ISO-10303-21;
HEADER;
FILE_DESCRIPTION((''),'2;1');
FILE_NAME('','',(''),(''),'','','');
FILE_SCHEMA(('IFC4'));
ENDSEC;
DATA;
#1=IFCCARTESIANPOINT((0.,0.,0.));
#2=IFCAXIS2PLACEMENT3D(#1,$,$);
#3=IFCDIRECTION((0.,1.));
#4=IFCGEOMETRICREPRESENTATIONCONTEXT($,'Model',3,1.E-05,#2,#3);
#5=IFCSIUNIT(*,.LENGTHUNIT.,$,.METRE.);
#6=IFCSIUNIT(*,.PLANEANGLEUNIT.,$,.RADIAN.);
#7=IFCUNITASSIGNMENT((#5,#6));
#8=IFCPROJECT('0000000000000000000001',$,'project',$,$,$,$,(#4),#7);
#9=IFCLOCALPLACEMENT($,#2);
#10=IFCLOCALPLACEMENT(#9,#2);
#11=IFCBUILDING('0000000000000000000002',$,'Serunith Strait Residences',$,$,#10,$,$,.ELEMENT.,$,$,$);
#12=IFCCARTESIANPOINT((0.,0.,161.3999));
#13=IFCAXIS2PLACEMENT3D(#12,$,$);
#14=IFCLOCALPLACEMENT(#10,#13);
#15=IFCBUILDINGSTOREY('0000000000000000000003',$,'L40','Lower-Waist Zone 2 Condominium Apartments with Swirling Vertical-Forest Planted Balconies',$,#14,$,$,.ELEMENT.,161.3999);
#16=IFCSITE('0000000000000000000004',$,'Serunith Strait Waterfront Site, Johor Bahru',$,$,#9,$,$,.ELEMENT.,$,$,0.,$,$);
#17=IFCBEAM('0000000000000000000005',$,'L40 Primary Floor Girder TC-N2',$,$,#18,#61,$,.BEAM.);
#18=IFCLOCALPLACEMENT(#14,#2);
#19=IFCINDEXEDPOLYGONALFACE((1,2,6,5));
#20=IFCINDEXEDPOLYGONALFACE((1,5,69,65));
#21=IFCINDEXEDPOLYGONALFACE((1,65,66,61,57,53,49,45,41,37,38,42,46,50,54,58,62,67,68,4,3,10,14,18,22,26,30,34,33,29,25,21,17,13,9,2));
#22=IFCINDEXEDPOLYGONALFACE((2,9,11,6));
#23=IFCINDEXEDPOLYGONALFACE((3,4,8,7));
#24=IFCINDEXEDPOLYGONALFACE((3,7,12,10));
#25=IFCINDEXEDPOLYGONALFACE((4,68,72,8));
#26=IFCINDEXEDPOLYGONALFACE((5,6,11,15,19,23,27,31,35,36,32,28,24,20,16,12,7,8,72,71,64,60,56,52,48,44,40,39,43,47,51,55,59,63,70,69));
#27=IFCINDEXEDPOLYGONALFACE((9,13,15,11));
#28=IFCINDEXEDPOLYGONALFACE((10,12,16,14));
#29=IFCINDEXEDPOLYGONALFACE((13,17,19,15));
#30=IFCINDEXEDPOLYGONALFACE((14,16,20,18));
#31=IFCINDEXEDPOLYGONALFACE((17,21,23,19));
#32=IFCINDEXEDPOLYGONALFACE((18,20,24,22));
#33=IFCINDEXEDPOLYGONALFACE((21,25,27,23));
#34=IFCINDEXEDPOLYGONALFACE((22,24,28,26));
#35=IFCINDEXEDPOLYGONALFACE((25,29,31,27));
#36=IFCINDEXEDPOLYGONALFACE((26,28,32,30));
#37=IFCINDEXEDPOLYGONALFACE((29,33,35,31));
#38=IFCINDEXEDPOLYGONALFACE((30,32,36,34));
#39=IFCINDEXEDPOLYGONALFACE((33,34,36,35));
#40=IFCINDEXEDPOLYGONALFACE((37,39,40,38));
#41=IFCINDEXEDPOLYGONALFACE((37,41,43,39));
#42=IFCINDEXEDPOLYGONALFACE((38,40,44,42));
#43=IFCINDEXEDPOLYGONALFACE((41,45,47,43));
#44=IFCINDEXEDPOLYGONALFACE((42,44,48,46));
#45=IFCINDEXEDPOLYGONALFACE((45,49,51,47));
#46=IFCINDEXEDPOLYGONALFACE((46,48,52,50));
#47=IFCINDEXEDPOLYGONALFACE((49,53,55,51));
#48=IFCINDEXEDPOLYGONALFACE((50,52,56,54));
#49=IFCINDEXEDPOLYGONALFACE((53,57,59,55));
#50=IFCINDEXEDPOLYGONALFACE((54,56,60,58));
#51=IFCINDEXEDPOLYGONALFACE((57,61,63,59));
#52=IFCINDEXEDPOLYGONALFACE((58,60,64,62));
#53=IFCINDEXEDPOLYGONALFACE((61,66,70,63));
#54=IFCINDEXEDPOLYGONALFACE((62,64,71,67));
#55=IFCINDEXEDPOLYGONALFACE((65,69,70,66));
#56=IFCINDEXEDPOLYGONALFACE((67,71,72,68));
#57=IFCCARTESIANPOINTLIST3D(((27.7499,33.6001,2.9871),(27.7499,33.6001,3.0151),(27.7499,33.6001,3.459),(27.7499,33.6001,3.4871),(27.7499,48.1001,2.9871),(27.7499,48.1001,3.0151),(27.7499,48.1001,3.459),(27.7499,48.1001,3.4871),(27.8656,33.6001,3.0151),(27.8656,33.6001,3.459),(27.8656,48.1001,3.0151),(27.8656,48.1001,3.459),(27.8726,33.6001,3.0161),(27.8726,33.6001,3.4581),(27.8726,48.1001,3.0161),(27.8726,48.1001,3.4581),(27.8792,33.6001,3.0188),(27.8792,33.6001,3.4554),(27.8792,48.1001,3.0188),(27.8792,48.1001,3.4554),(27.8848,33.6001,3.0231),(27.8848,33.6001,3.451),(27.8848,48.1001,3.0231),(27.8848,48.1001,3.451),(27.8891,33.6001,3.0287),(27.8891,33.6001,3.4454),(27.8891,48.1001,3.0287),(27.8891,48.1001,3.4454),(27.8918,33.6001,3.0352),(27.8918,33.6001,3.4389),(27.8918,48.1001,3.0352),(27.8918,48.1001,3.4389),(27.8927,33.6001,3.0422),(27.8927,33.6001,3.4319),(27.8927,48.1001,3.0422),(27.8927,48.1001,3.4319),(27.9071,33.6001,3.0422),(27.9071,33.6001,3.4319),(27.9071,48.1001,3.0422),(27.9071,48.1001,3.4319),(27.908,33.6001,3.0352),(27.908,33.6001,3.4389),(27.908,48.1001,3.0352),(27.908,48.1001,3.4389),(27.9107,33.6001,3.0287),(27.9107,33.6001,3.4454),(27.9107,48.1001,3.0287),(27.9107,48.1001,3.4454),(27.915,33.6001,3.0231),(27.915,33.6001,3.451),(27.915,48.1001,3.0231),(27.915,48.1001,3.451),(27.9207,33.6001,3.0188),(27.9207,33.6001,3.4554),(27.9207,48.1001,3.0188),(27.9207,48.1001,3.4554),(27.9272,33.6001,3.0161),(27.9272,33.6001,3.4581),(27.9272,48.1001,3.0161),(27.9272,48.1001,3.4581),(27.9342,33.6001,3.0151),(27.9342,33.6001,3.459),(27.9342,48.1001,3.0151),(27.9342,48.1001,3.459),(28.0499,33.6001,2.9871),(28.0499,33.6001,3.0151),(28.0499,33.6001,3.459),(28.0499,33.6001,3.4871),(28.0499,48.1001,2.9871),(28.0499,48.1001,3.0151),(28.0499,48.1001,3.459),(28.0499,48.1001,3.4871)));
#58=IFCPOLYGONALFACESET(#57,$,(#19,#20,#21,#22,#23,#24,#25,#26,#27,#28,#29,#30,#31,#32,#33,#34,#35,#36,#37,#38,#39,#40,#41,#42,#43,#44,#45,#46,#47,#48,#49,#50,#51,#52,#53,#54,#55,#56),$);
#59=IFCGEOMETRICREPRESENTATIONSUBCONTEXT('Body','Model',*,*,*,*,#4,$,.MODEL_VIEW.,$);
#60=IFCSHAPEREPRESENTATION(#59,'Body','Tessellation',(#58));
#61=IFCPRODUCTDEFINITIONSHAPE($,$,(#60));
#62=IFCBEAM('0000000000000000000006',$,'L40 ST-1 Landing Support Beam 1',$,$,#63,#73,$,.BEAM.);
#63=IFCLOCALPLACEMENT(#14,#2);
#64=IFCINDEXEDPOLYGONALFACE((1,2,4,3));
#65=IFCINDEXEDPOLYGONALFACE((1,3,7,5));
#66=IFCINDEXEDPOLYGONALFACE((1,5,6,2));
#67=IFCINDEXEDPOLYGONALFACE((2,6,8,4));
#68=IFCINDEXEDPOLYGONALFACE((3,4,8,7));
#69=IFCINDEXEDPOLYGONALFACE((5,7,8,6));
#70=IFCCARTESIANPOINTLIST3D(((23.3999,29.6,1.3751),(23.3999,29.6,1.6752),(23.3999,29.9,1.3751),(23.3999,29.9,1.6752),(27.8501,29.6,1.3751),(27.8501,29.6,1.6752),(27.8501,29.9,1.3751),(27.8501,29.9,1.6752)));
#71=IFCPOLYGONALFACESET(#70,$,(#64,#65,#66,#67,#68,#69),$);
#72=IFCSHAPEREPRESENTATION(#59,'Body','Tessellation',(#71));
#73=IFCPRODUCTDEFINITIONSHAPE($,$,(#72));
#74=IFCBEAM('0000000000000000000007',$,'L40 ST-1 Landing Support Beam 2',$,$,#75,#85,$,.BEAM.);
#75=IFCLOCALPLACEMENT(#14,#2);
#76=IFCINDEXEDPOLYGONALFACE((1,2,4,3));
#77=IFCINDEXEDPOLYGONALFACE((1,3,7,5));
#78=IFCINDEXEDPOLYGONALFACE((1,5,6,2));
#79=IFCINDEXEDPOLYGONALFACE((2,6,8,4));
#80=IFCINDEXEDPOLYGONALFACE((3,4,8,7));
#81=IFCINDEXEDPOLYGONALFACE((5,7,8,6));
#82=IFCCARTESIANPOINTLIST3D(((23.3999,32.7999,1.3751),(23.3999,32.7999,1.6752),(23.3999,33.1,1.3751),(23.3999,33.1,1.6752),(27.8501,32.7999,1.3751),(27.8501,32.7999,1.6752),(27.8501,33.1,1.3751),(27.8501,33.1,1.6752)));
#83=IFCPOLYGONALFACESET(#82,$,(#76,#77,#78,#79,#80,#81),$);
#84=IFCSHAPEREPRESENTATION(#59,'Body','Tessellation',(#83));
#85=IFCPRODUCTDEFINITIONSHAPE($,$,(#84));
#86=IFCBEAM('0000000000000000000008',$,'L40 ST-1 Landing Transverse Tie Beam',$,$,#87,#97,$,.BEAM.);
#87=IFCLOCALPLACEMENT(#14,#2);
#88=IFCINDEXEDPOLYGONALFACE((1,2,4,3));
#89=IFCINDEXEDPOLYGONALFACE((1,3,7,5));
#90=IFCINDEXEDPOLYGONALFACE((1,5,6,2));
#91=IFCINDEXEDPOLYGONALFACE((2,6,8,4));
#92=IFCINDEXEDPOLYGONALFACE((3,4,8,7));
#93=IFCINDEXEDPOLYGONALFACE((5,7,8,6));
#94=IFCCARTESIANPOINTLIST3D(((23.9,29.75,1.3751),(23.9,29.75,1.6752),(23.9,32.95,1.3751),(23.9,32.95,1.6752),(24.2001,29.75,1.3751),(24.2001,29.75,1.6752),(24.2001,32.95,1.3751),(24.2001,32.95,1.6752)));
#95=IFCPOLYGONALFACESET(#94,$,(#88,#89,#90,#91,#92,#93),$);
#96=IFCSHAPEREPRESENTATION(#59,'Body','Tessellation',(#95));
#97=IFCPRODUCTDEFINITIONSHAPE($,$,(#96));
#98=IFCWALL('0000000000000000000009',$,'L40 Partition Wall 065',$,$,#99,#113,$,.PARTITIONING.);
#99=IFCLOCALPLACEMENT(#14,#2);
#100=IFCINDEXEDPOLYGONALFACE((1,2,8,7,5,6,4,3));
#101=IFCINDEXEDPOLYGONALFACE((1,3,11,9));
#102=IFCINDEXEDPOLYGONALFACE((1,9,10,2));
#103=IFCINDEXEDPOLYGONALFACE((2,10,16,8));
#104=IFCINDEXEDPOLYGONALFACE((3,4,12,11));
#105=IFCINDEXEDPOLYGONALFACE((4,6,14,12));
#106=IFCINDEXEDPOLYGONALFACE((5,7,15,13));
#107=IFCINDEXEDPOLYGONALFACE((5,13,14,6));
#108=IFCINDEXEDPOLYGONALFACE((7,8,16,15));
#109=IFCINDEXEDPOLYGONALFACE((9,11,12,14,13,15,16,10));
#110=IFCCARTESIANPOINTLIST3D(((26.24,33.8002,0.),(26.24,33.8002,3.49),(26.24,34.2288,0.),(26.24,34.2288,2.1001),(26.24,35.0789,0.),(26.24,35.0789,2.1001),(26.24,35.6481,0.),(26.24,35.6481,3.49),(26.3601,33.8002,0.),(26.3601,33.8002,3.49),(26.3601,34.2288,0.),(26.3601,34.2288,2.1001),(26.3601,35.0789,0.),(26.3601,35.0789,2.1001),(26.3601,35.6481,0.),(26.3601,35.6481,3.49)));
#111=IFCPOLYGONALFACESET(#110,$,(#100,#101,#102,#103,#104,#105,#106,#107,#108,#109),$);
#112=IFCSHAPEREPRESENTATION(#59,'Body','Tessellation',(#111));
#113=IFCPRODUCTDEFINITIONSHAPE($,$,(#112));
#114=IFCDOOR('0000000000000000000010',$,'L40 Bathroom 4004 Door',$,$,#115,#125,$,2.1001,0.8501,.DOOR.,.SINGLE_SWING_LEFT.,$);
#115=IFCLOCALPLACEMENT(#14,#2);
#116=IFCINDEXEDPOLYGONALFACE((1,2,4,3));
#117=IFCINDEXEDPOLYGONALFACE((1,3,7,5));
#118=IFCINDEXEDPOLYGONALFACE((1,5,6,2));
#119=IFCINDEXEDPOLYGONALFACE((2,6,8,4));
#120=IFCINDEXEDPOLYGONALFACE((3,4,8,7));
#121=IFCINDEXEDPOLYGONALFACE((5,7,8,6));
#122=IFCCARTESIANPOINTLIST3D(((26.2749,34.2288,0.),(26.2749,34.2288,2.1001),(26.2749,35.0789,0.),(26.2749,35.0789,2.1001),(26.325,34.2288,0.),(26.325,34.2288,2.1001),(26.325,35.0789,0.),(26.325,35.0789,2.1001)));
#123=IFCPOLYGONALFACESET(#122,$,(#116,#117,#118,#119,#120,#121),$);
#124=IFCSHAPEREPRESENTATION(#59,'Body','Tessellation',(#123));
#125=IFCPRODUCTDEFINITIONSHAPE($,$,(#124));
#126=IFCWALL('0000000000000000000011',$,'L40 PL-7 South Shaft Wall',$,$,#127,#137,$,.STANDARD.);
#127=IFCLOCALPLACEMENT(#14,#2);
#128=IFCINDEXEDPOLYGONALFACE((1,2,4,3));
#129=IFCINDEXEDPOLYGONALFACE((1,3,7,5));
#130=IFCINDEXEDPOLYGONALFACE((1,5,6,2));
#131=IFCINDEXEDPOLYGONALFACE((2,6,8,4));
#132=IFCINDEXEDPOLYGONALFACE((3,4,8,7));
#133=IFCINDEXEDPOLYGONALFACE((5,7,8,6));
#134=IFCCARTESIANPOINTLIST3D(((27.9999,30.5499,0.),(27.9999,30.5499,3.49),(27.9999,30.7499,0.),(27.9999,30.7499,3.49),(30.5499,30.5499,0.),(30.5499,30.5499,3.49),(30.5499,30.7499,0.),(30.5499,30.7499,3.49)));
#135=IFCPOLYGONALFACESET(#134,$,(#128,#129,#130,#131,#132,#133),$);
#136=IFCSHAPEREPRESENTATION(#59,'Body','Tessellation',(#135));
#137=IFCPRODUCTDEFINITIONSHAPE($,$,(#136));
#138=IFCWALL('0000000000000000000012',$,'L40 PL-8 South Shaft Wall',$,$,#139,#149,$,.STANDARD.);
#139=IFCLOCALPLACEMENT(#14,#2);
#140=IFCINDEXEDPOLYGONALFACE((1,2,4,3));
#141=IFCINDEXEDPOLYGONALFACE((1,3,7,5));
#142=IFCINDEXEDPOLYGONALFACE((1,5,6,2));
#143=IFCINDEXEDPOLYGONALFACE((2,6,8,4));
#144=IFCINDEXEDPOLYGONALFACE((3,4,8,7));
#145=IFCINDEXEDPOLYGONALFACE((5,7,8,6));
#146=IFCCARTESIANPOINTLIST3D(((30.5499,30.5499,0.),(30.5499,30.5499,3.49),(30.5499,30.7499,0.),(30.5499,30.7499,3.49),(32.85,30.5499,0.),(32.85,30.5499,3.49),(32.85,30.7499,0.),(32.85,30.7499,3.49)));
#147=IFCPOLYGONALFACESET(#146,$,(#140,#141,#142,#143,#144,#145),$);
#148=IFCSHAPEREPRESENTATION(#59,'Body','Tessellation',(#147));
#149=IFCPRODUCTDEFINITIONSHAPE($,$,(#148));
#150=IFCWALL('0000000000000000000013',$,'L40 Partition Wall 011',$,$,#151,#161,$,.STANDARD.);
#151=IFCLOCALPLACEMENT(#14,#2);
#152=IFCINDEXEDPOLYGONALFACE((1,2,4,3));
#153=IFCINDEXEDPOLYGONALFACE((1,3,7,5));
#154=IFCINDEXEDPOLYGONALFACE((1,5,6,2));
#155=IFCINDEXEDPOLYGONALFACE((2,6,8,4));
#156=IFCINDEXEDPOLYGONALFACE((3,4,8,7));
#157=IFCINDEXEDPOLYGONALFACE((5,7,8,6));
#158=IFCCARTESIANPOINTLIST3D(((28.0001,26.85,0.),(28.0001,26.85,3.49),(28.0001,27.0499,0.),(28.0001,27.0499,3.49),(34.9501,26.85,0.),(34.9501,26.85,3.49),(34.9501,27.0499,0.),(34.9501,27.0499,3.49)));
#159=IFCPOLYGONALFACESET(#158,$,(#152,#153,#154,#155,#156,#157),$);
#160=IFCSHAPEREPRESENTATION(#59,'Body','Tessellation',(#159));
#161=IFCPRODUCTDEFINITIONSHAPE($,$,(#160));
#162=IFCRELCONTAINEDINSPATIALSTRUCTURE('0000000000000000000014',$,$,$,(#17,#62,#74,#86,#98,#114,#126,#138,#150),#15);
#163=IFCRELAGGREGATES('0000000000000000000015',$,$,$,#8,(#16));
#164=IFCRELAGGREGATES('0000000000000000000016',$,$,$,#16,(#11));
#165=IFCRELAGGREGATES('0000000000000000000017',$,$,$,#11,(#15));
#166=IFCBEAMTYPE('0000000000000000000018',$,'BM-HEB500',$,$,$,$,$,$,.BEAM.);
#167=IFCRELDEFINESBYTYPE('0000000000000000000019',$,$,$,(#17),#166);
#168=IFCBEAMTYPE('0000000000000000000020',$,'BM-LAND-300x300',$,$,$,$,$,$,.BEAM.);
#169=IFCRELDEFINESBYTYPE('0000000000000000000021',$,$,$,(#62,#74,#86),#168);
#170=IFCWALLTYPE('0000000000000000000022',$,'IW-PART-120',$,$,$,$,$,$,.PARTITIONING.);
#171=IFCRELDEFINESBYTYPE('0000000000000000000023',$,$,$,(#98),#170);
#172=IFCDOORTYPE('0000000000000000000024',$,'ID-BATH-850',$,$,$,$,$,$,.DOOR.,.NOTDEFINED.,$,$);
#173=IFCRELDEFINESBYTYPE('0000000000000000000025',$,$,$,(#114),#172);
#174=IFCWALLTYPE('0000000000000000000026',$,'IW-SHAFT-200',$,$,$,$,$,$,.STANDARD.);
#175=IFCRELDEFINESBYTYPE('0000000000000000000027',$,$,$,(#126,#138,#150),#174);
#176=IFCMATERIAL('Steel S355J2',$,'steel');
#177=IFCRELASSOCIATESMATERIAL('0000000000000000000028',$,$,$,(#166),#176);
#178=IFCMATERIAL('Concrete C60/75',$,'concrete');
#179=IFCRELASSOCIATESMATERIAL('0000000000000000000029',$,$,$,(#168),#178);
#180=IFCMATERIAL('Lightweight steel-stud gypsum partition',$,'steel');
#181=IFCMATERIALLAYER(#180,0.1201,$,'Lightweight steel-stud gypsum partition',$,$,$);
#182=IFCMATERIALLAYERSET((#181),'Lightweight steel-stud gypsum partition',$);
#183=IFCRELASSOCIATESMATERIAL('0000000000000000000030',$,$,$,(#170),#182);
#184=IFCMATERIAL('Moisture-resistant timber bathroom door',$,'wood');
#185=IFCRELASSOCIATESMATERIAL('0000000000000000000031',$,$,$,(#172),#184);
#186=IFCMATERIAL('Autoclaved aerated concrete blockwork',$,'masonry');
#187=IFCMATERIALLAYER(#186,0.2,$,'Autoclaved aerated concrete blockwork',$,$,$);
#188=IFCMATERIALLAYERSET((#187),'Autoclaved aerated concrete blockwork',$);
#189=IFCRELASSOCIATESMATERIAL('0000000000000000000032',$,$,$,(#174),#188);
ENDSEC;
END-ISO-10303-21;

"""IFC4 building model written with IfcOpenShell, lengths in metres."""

from ifc_helpers import new_model, si_unit, direction, frame, frame_2d, origin, origin_2d, place, context, subcontext, project, spatial, rectangle, i_section, extrude, source, transform, mapped, material, layer, layer_set, material_profile, profile_set, type_object, element, fill, save


model = new_model("IFC4")

# Units and contexts
model_context = context("Model", 3, precision=1e-05, world=origin(), true_north=direction((0.0, 1.0)))
body_context = subcontext(model_context, "Body", "Model", "MODEL_VIEW")
ifc_project = project(units=[si_unit("LENGTHUNIT", "METRE"), si_unit("PLANEANGLEUNIT", "RADIAN")], contexts=[model_context])

# Site, building, storey
site_placement = place(None, origin())
site = spatial("IfcSite", under=ifc_project, at=site_placement, Name="Serunith Strait Waterfront Site, Johor Bahru", CompositionType="ELEMENT", RefElevation=0.0)
building_placement = place(site_placement, origin())
building = spatial("IfcBuilding", under=site, at=building_placement, Name="Serunith Strait Residences", CompositionType="ELEMENT")
storey_placement = place(building_placement, frame((0.0, 0.0, 161.3999)))
storey = spatial("IfcBuildingStorey", under=building, at=storey_placement, Name="L40", Description="Lower-Waist Zone 2 Condominium Apartments with Swirling Vertical-Forest Planted Balconies", CompositionType="ELEMENT", Elevation=161.3999)

# Beams
ifc_material_1 = material(Name="Steel S355J2", Category="steel")
ifc_material_profile_1 = material_profile(ifc_material_1, i_section(OverallWidth=0.3, OverallDepth=0.5, WebThickness=0.0144, FlangeThickness=0.0281, FilletRadius=0.0271, at=origin_2d()), Name="HEB 500")
ifc_profile_set_1 = profile_set([ifc_material_profile_1], Name="Steel S355J2")
beam_type_1 = type_object("IfcBeamType", Name="BM-HEB500", PredefinedType="BEAM", material=ifc_profile_set_1)
shared_shape_1 = source(origin(), body_context, "Body", "SweptSolid", [
    extrude(i_section(OverallWidth=0.3, OverallDepth=0.5, WebThickness=0.0144, FlangeThickness=0.0281, FilletRadius=0.0271, at=origin_2d()), origin(), (0.0, 0.0, 1.0), 14.5),
])
beam_1_placement = place(storey_placement, frame((27.8999, 33.6001, 3.2371), z_axis=(0.0, 1.0, 0.0), x_axis=(-1.0, 0.0, 0.0)))
element("IfcBeam", 1, at=beam_1_placement, inside=storey, type_object=beam_type_1, Name="L40 Primary Floor Girder TC-N2", PredefinedType="BEAM", context=body_context, shape_type="MappedRepresentation", body=[
    mapped(shared_shape_1, transform((0.0, 0.0, 0.0), scale=1.0)),
])
ifc_material_2 = material(Name="Concrete C60/75", Category="concrete")
ifc_material_profile_2 = material_profile(ifc_material_2, rectangle(XDim=0.3, YDim=0.3, at=origin_2d()), Name="RC 300x300")
ifc_profile_set_2 = profile_set([ifc_material_profile_2], Name="Concrete C60/75")
beam_type_2 = type_object("IfcBeamType", Name="BM-LAND-300x300", PredefinedType="BEAM", material=ifc_profile_set_2)
shared_shape_2 = source(origin(), body_context, "Body", "SweptSolid", [
    extrude(rectangle(XDim=0.3, YDim=0.3, at=origin_2d()), origin(), (0.0, 0.0, 1.0), 4.4502),
])
for number, where, z_axis, x_axis, name in (
    (2, (23.3999, 29.75, 1.5251), (1.0, 0.0, 0.0), (0.0, 1.0, 0.0), "L40 ST-1 Landing Support Beam 1"),
    (3, (23.3999, 32.95, 1.5251), (1.0, 0.0, 0.0), (0.0, 1.0, 0.0), "L40 ST-1 Landing Support Beam 2"),
):
    element("IfcBeam", number, at=place(storey_placement, frame(where, z_axis=z_axis, x_axis=x_axis)), inside=storey, type_object=beam_type_2, Name=name, PredefinedType="BEAM", context=body_context, shape_type="MappedRepresentation", body=[
        mapped(shared_shape_2, transform((0.0, 0.0, 0.0), scale=1.0)),
    ])
shared_shape_3 = source(origin(), body_context, "Body", "SweptSolid", [
    extrude(rectangle(XDim=0.3, YDim=0.3, at=origin_2d()), origin(), (0.0, 0.0, 1.0), 3.2),
])
beam_2_placement = place(storey_placement, frame((24.05, 29.75, 1.5251), z_axis=(0.0, 1.0, 0.0), x_axis=(-1.0, 0.0, 0.0)))
element("IfcBeam", 4, at=beam_2_placement, inside=storey, type_object=beam_type_2, Name="L40 ST-1 Landing Transverse Tie Beam", PredefinedType="BEAM", context=body_context, shape_type="MappedRepresentation", body=[
    mapped(shared_shape_3, transform((0.0, 0.0, 0.0), scale=1.0)),
])

# Wall, opening, door
ifc_material_3 = material(Name="Lightweight steel-stud gypsum partition", Category="steel")
ifc_layer_1 = layer(ifc_material_3, 0.1201, Name="Lightweight steel-stud gypsum partition")
ifc_layer_set_1 = layer_set([ifc_layer_1], Name="Lightweight steel-stud gypsum partition")
wall_type_1 = type_object("IfcWallType", Name="IW-PART-120", PredefinedType="PARTITIONING", material=ifc_layer_set_1)
wall_1_placement = place(storey_placement, frame((26.3, 35.6479, 0.0), z_axis=(0.0, 0.0, 1.0), x_axis=(0.0, -1.0, 0.0)))
wall_1 = element("IfcWall", 5, at=wall_1_placement, inside=storey, type_object=wall_type_1, Name="L40 Partition Wall 065", PredefinedType="PARTITIONING", context=body_context, shape_type="SweptSolid", body=[
    extrude(rectangle(XDim=1.8479, YDim=0.1201, at=frame_2d((0.9238, 0.0))), origin(), (0.0, 0.0, 1.0), 3.49),
])
opening_placement = place(wall_1_placement, frame((0.5691, 0.0, 0.0)))
opening = element("IfcOpeningElement", 6, at=opening_placement, cuts=wall_1, PredefinedType="OPENING", context=body_context, shape_type="SweptSolid", body=[
    extrude(rectangle(XDim=0.8501, YDim=2.1001, at=frame_2d((0.425, 1.05))), frame((0.0, 0.0701, 0.0), z_axis=(0.0, -1.0, 0.0), x_axis=(1.0, 0.0, 0.0)), (0.0, 0.0, 1.0), 0.1401),
])
ifc_material_4 = material(Name="Moisture-resistant timber bathroom door", Category="wood")
door_type = type_object("IfcDoorType", Name="ID-BATH-850", OperationType="NOTDEFINED", PredefinedType="DOOR", material=ifc_material_4)
shared_shape_4 = source(origin(), body_context, "Body", "SweptSolid", [
    extrude(rectangle(XDim=0.8501, YDim=2.1001, at=frame_2d((0.425, 1.05))), frame((0.0, 0.0249, 0.0), z_axis=(0.0, -1.0, 0.0), x_axis=(1.0, 0.0, 0.0)), (0.0, 0.0, 1.0), 0.05),
])
door_placement = place(opening_placement, origin())
door = element("IfcDoor", 7, at=door_placement, inside=storey, type_object=door_type, Name="L40 Bathroom 4004 Door", OperationType="SINGLE_SWING_LEFT", OverallHeight=2.1001, OverallWidth=0.8501, PredefinedType="DOOR", context=body_context, shape_type="MappedRepresentation", body=[
    mapped(shared_shape_4, transform((0.0, 0.0, 0.0), scale=1.0)),
])
fill(opening, door)

# Walls
ifc_material_5 = material(Name="Autoclaved aerated concrete blockwork", Category="masonry")
ifc_layer_2 = layer(ifc_material_5, 0.2, Name="Autoclaved aerated concrete blockwork")
ifc_layer_set_2 = layer_set([ifc_layer_2], Name="Autoclaved aerated concrete blockwork")
wall_type_2 = type_object("IfcWallType", Name="IW-SHAFT-200", PredefinedType="STANDARD", material=ifc_layer_set_2)
wall_2_placement = place(storey_placement, frame((28.0, 30.6499, 0.0), z_axis=(0.0, 0.0, 1.0), x_axis=(1.0, 0.0, 0.0)))
element("IfcWall", 8, at=wall_2_placement, inside=storey, type_object=wall_type_2, Name="L40 PL-7 South Shaft Wall", PredefinedType="STANDARD", context=body_context, shape_type="SweptSolid", body=[
    extrude(rectangle(XDim=2.55, YDim=0.2, at=frame_2d((1.2749, 0.0))), origin(), (0.0, 0.0, 1.0), 3.49),
])
wall_3_placement = place(storey_placement, frame((30.55, 30.6499, 0.0), z_axis=(0.0, 0.0, 1.0), x_axis=(1.0, 0.0, 0.0)))
element("IfcWall", 9, at=wall_3_placement, inside=storey, type_object=wall_type_2, Name="L40 PL-8 South Shaft Wall", PredefinedType="STANDARD", context=body_context, shape_type="SweptSolid", body=[
    extrude(rectangle(XDim=2.3, YDim=0.2, at=frame_2d((1.1499, 0.0))), origin(), (0.0, 0.0, 1.0), 3.49),
])
wall_4_placement = place(storey_placement, frame((28.0, 26.95, 0.0), z_axis=(0.0, 0.0, 1.0), x_axis=(1.0, 0.0, 0.0)))
element("IfcWall", 10, at=wall_4_placement, inside=storey, type_object=wall_type_2, Name="L40 Partition Wall 011", PredefinedType="STANDARD", context=body_context, shape_type="SweptSolid", body=[
    extrude(rectangle(XDim=6.95, YDim=0.2, at=frame_2d((3.4751, 0.0))), origin(), (0.0, 0.0, 1.0), 3.49),
])

save(model, "model.ifc")
